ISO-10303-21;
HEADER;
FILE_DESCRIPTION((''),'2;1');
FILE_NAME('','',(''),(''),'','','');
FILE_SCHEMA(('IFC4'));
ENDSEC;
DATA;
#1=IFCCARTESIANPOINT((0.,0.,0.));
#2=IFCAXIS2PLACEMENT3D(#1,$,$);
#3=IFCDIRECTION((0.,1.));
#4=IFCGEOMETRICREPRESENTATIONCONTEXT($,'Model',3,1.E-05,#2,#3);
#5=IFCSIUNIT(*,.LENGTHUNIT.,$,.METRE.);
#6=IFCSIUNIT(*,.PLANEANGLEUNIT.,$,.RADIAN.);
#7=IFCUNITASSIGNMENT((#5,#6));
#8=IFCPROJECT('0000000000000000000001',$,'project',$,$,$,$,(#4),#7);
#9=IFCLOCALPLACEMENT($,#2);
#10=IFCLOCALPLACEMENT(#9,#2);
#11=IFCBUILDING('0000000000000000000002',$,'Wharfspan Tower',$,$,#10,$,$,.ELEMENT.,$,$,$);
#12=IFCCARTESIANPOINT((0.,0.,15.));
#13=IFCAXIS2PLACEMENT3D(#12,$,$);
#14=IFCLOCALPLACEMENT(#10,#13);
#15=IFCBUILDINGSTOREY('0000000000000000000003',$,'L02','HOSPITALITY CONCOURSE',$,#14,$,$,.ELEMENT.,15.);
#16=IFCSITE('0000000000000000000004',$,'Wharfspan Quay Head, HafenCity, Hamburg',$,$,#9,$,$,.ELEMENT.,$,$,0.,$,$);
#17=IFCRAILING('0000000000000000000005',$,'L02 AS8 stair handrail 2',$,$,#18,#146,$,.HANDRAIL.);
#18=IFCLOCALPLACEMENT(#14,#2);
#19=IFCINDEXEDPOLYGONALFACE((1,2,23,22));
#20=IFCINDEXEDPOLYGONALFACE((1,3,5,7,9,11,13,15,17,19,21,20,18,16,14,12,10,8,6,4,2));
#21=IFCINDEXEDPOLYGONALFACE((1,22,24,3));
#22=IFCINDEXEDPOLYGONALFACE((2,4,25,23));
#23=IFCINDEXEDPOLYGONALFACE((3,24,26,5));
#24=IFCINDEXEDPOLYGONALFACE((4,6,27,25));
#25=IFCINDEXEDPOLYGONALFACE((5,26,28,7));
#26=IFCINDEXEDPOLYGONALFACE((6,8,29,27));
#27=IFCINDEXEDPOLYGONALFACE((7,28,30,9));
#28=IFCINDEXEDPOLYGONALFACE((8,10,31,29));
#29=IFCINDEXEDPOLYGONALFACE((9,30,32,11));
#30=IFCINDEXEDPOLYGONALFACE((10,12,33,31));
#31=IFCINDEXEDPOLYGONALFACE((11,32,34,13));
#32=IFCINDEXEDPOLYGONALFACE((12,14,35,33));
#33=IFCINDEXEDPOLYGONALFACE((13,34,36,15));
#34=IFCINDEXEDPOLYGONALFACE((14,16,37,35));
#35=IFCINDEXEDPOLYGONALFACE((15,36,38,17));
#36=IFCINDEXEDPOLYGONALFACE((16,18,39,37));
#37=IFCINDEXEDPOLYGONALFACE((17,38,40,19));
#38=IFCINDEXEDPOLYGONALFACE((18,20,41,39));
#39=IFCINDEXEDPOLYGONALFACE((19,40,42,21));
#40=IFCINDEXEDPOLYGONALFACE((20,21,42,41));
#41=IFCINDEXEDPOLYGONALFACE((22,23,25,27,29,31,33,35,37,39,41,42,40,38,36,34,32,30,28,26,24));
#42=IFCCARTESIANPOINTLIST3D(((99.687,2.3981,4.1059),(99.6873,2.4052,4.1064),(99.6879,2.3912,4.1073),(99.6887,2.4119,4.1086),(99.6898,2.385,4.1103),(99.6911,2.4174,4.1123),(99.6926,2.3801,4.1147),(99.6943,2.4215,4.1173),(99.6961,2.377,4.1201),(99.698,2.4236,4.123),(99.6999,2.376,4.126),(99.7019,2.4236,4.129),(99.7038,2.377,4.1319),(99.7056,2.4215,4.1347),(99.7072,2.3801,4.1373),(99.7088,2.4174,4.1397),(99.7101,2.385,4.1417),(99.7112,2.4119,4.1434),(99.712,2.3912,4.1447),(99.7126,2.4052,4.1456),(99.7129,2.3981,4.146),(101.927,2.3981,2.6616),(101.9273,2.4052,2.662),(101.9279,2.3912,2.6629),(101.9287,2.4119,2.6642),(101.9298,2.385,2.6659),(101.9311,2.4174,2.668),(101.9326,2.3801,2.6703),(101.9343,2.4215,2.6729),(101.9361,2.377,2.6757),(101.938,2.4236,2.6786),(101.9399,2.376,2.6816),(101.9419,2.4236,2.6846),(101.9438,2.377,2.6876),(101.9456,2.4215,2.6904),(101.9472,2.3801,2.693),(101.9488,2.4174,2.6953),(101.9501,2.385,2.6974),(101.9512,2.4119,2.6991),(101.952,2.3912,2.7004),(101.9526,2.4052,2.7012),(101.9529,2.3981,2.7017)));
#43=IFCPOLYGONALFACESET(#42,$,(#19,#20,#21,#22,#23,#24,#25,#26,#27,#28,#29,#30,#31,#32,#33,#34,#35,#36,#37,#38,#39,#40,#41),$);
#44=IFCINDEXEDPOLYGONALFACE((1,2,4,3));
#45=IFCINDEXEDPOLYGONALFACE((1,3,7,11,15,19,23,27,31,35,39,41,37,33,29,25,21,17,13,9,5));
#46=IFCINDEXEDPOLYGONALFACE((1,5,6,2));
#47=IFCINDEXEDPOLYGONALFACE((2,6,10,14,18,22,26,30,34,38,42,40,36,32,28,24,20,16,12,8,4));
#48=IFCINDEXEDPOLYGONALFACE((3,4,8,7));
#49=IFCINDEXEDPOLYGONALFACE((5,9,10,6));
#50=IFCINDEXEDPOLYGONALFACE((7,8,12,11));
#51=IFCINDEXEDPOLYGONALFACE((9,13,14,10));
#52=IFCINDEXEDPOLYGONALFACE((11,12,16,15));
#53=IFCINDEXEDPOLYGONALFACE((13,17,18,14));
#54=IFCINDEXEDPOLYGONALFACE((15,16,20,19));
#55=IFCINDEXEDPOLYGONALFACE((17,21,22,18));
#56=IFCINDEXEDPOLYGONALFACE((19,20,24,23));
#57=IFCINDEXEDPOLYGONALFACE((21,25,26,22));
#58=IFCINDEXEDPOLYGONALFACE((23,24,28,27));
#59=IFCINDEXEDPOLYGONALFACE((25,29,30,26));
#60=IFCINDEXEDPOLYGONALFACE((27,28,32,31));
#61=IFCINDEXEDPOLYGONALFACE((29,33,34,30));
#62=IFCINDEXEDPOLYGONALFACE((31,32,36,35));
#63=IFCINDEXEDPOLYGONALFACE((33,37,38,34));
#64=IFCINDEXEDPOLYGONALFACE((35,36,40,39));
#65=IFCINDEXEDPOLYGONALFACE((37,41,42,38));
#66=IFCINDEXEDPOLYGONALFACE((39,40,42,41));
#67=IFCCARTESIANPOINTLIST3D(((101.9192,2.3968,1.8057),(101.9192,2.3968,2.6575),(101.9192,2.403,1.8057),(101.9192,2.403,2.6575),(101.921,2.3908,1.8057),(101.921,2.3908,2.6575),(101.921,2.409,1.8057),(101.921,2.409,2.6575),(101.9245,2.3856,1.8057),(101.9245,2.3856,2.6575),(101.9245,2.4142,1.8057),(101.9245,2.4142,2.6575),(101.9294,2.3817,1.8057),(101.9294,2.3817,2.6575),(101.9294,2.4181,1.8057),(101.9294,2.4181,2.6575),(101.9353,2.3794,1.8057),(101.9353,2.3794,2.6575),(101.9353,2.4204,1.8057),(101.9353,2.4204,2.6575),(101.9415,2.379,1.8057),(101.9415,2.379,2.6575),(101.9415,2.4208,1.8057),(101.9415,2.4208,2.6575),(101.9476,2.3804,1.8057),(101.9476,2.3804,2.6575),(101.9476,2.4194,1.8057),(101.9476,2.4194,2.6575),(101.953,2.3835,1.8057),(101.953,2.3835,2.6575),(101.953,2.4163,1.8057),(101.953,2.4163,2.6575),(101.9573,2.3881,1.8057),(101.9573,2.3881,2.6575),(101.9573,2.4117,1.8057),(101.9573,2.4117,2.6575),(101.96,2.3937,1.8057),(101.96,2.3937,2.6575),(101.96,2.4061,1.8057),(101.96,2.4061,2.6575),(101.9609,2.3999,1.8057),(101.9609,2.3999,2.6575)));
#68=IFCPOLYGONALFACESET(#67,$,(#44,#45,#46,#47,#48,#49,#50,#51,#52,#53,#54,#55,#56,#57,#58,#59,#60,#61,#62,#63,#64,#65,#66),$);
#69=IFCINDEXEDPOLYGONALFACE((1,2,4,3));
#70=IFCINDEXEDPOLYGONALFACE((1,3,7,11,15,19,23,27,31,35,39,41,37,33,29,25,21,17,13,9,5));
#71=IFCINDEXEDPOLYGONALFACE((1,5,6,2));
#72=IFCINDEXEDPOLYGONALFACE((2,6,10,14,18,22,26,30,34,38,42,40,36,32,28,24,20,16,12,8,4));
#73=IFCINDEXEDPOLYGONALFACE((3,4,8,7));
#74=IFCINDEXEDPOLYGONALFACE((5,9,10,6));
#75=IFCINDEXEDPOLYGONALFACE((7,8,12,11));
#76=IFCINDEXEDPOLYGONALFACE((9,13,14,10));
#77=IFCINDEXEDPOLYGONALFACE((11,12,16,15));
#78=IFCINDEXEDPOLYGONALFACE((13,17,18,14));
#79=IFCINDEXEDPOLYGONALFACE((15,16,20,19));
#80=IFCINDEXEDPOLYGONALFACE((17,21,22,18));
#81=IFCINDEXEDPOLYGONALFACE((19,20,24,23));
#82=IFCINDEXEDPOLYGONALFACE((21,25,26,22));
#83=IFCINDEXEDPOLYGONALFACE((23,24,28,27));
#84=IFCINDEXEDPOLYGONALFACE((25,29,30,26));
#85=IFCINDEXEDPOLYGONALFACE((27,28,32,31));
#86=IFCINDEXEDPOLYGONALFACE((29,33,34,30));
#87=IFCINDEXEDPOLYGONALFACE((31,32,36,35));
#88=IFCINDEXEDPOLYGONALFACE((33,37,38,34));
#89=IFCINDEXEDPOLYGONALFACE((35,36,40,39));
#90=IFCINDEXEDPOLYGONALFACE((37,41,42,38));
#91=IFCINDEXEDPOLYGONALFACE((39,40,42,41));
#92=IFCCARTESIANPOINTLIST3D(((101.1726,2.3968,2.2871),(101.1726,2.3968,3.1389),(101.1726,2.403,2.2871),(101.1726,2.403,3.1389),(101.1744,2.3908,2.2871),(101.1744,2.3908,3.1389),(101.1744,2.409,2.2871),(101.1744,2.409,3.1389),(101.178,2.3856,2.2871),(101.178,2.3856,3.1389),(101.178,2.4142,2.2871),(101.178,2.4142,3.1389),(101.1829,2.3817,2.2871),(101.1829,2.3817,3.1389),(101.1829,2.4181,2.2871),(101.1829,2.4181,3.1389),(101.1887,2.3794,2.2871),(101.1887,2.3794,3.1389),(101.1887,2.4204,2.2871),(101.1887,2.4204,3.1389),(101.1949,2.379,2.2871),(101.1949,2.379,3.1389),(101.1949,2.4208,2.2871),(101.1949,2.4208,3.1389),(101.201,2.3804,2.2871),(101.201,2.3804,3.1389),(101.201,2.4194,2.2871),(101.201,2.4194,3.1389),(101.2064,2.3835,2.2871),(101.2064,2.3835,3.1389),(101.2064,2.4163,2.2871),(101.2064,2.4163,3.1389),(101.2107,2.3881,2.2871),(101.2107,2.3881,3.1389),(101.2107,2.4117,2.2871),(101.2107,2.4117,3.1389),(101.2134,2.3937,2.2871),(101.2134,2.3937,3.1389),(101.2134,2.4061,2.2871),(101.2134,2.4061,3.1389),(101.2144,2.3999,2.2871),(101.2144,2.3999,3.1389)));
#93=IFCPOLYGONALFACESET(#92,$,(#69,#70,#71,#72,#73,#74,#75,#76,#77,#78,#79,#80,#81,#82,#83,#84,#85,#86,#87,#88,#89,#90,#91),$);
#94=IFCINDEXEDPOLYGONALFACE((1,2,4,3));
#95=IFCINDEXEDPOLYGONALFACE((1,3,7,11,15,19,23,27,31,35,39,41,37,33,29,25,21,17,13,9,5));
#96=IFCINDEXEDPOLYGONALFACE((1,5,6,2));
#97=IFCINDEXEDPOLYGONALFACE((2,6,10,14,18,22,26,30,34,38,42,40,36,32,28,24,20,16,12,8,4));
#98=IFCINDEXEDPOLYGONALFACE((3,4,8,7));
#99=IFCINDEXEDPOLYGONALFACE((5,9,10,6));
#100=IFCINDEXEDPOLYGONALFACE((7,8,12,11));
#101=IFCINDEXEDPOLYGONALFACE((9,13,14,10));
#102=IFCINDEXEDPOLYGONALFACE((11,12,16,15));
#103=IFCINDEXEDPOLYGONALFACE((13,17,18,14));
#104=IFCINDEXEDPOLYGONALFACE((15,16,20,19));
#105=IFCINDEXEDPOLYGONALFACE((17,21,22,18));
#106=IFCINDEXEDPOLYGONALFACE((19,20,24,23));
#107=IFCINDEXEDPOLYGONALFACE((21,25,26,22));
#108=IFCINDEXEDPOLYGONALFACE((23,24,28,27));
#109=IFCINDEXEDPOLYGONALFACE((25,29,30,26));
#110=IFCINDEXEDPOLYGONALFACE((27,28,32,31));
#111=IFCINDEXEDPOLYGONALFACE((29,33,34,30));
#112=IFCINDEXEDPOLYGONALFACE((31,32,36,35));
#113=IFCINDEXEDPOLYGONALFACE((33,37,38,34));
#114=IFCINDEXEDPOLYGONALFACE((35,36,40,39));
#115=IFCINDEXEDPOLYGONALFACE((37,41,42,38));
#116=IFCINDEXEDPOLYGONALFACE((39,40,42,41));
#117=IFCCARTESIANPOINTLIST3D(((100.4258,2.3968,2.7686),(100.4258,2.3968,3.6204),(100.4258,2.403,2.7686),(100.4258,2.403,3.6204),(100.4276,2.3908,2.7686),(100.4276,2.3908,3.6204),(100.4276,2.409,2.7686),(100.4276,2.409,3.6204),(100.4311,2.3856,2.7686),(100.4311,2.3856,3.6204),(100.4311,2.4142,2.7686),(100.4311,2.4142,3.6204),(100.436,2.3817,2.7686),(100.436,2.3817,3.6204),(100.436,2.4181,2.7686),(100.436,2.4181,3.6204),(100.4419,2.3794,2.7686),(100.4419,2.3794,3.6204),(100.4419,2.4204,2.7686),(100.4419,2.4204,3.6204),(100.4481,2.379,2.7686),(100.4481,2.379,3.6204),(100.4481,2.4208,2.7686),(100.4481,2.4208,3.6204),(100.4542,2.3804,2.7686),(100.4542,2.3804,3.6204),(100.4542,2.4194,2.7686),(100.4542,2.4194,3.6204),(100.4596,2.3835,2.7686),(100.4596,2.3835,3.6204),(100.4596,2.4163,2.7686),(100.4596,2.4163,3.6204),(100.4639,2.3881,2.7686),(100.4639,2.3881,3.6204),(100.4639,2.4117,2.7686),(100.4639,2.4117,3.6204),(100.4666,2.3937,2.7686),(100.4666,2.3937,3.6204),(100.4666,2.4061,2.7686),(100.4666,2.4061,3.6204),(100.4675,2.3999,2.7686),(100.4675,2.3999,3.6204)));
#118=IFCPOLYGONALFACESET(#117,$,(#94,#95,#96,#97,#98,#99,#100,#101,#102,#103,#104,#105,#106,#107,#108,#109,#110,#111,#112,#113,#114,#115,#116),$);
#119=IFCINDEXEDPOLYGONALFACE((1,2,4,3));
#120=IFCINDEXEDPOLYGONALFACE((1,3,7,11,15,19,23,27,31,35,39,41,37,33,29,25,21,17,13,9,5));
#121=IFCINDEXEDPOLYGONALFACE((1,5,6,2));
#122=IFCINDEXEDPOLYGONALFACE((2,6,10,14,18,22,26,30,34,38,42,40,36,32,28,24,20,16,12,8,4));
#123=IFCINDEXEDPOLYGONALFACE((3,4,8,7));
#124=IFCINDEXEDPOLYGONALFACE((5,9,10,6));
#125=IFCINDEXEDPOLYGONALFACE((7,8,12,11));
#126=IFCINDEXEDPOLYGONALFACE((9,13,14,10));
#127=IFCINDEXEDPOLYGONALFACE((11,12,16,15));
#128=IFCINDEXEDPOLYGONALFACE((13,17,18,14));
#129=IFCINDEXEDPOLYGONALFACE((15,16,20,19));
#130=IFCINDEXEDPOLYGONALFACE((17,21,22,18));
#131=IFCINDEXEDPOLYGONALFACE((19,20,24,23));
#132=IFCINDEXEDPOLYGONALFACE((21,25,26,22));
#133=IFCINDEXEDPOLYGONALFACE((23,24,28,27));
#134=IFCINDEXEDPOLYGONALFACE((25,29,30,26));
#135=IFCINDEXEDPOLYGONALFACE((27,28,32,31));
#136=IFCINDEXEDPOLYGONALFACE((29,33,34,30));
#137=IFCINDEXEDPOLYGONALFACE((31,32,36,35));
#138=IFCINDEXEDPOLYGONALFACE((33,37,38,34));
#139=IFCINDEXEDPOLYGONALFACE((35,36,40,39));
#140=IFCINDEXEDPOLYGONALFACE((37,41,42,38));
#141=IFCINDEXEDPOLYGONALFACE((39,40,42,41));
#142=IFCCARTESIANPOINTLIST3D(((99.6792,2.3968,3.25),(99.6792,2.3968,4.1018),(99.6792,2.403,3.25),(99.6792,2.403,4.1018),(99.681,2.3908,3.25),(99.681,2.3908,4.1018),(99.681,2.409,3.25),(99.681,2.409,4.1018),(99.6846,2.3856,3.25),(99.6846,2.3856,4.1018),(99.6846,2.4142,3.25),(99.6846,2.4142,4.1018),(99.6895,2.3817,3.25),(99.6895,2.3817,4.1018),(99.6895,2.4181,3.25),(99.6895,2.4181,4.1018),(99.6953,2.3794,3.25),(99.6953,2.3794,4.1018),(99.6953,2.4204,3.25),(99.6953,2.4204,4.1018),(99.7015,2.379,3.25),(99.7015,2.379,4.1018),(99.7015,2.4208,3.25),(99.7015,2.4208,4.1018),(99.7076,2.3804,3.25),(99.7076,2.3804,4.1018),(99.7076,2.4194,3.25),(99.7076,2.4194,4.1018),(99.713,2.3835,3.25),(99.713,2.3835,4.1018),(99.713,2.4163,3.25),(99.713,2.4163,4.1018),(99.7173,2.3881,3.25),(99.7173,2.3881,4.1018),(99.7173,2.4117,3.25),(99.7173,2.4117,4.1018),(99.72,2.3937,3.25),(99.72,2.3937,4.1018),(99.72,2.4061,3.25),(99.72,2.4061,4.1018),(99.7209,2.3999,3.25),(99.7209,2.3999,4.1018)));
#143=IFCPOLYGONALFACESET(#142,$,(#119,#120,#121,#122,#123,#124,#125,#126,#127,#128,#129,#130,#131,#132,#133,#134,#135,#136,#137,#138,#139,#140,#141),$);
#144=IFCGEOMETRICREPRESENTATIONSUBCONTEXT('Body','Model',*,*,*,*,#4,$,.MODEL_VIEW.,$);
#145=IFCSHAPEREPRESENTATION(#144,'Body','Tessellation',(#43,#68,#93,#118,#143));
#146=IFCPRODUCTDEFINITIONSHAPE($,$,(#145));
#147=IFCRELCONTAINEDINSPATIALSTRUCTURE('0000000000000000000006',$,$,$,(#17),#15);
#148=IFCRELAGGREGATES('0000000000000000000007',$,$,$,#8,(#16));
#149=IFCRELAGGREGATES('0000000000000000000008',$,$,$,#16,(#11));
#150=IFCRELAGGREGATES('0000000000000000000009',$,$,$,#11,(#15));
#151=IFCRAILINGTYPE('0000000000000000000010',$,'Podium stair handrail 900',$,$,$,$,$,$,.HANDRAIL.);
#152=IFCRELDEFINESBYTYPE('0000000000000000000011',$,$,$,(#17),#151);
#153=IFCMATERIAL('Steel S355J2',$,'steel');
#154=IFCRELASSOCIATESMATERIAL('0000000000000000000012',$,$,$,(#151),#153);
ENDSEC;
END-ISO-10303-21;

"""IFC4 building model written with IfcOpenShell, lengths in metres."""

from ifc_helpers import new_model, si_unit, direction, frame, origin, origin_2d, place, context, subcontext, project, spatial, circle, extrude, material, type_object, element, save


model = new_model("IFC4")

# Units and contexts
model_context = context("Model", 3, precision=1e-05, world=origin(), true_north=direction((0.0, 1.0)))
body_context = subcontext(model_context, "Body", "Model", "MODEL_VIEW")
ifc_project = project(units=[si_unit("LENGTHUNIT", "METRE"), si_unit("PLANEANGLEUNIT", "RADIAN")], contexts=[model_context])

# Site, building, storey
site_placement = place(None, origin())
site = spatial("IfcSite", under=ifc_project, at=site_placement, Name="Wharfspan Quay Head, HafenCity, Hamburg", CompositionType="ELEMENT", RefElevation=0.0)
building_placement = place(site_placement, origin())
building = spatial("IfcBuilding", under=site, at=building_placement, Name="Wharfspan Tower", CompositionType="ELEMENT")
storey_placement = place(building_placement, frame((0.0, 0.0, 15.0)))
storey = spatial("IfcBuildingStorey", under=building, at=storey_placement, Name="L02", Description="HOSPITALITY CONCOURSE", CompositionType="ELEMENT", Elevation=15.0)

# Railing
ifc_material_1 = material(Name="Steel S355J2", Category="steel")
railing_type_1 = type_object("IfcRailingType", Name="Podium stair handrail 900", PredefinedType="HANDRAIL", material=ifc_material_1)
for number, where, name in (
    (1, (101.9399, 2.3999, 1.8057), "L02 AS8 stair handrail 2"),
):
    element("IfcRailing", number, at=place(storey_placement, frame(where)), inside=storey, type_object=railing_type_1, Name=name, PredefinedType="HANDRAIL", context=body_context, shape_type="SweptSolid", body=[
        extrude(circle(Radius=0.0239, at=origin_2d()), frame((0.0, 0.0, 0.876), z_axis=(-0.840437, 0.0, 0.54191), x_axis=(0.0, -1.0, 0.0)), (0.0, 0.0, 1.0), 2.6653),
        extrude(circle(Radius=0.021, at=origin_2d()), origin(), (0.0, 0.0, 1.0), 0.8518),
        extrude(circle(Radius=0.021, at=origin_2d()), frame((-0.7466, 0.0, 0.4814)), (0.0, 0.0, 1.0), 0.8518),
        extrude(circle(Radius=0.021, at=origin_2d()), frame((-1.4934, 0.0, 0.9629)), (0.0, 0.0, 1.0), 0.8518),
        extrude(circle(Radius=0.021, at=origin_2d()), frame((-2.24, 0.0, 1.4443)), (0.0, 0.0, 1.0), 0.8518),
    ])

save(model, "model.ifc")
